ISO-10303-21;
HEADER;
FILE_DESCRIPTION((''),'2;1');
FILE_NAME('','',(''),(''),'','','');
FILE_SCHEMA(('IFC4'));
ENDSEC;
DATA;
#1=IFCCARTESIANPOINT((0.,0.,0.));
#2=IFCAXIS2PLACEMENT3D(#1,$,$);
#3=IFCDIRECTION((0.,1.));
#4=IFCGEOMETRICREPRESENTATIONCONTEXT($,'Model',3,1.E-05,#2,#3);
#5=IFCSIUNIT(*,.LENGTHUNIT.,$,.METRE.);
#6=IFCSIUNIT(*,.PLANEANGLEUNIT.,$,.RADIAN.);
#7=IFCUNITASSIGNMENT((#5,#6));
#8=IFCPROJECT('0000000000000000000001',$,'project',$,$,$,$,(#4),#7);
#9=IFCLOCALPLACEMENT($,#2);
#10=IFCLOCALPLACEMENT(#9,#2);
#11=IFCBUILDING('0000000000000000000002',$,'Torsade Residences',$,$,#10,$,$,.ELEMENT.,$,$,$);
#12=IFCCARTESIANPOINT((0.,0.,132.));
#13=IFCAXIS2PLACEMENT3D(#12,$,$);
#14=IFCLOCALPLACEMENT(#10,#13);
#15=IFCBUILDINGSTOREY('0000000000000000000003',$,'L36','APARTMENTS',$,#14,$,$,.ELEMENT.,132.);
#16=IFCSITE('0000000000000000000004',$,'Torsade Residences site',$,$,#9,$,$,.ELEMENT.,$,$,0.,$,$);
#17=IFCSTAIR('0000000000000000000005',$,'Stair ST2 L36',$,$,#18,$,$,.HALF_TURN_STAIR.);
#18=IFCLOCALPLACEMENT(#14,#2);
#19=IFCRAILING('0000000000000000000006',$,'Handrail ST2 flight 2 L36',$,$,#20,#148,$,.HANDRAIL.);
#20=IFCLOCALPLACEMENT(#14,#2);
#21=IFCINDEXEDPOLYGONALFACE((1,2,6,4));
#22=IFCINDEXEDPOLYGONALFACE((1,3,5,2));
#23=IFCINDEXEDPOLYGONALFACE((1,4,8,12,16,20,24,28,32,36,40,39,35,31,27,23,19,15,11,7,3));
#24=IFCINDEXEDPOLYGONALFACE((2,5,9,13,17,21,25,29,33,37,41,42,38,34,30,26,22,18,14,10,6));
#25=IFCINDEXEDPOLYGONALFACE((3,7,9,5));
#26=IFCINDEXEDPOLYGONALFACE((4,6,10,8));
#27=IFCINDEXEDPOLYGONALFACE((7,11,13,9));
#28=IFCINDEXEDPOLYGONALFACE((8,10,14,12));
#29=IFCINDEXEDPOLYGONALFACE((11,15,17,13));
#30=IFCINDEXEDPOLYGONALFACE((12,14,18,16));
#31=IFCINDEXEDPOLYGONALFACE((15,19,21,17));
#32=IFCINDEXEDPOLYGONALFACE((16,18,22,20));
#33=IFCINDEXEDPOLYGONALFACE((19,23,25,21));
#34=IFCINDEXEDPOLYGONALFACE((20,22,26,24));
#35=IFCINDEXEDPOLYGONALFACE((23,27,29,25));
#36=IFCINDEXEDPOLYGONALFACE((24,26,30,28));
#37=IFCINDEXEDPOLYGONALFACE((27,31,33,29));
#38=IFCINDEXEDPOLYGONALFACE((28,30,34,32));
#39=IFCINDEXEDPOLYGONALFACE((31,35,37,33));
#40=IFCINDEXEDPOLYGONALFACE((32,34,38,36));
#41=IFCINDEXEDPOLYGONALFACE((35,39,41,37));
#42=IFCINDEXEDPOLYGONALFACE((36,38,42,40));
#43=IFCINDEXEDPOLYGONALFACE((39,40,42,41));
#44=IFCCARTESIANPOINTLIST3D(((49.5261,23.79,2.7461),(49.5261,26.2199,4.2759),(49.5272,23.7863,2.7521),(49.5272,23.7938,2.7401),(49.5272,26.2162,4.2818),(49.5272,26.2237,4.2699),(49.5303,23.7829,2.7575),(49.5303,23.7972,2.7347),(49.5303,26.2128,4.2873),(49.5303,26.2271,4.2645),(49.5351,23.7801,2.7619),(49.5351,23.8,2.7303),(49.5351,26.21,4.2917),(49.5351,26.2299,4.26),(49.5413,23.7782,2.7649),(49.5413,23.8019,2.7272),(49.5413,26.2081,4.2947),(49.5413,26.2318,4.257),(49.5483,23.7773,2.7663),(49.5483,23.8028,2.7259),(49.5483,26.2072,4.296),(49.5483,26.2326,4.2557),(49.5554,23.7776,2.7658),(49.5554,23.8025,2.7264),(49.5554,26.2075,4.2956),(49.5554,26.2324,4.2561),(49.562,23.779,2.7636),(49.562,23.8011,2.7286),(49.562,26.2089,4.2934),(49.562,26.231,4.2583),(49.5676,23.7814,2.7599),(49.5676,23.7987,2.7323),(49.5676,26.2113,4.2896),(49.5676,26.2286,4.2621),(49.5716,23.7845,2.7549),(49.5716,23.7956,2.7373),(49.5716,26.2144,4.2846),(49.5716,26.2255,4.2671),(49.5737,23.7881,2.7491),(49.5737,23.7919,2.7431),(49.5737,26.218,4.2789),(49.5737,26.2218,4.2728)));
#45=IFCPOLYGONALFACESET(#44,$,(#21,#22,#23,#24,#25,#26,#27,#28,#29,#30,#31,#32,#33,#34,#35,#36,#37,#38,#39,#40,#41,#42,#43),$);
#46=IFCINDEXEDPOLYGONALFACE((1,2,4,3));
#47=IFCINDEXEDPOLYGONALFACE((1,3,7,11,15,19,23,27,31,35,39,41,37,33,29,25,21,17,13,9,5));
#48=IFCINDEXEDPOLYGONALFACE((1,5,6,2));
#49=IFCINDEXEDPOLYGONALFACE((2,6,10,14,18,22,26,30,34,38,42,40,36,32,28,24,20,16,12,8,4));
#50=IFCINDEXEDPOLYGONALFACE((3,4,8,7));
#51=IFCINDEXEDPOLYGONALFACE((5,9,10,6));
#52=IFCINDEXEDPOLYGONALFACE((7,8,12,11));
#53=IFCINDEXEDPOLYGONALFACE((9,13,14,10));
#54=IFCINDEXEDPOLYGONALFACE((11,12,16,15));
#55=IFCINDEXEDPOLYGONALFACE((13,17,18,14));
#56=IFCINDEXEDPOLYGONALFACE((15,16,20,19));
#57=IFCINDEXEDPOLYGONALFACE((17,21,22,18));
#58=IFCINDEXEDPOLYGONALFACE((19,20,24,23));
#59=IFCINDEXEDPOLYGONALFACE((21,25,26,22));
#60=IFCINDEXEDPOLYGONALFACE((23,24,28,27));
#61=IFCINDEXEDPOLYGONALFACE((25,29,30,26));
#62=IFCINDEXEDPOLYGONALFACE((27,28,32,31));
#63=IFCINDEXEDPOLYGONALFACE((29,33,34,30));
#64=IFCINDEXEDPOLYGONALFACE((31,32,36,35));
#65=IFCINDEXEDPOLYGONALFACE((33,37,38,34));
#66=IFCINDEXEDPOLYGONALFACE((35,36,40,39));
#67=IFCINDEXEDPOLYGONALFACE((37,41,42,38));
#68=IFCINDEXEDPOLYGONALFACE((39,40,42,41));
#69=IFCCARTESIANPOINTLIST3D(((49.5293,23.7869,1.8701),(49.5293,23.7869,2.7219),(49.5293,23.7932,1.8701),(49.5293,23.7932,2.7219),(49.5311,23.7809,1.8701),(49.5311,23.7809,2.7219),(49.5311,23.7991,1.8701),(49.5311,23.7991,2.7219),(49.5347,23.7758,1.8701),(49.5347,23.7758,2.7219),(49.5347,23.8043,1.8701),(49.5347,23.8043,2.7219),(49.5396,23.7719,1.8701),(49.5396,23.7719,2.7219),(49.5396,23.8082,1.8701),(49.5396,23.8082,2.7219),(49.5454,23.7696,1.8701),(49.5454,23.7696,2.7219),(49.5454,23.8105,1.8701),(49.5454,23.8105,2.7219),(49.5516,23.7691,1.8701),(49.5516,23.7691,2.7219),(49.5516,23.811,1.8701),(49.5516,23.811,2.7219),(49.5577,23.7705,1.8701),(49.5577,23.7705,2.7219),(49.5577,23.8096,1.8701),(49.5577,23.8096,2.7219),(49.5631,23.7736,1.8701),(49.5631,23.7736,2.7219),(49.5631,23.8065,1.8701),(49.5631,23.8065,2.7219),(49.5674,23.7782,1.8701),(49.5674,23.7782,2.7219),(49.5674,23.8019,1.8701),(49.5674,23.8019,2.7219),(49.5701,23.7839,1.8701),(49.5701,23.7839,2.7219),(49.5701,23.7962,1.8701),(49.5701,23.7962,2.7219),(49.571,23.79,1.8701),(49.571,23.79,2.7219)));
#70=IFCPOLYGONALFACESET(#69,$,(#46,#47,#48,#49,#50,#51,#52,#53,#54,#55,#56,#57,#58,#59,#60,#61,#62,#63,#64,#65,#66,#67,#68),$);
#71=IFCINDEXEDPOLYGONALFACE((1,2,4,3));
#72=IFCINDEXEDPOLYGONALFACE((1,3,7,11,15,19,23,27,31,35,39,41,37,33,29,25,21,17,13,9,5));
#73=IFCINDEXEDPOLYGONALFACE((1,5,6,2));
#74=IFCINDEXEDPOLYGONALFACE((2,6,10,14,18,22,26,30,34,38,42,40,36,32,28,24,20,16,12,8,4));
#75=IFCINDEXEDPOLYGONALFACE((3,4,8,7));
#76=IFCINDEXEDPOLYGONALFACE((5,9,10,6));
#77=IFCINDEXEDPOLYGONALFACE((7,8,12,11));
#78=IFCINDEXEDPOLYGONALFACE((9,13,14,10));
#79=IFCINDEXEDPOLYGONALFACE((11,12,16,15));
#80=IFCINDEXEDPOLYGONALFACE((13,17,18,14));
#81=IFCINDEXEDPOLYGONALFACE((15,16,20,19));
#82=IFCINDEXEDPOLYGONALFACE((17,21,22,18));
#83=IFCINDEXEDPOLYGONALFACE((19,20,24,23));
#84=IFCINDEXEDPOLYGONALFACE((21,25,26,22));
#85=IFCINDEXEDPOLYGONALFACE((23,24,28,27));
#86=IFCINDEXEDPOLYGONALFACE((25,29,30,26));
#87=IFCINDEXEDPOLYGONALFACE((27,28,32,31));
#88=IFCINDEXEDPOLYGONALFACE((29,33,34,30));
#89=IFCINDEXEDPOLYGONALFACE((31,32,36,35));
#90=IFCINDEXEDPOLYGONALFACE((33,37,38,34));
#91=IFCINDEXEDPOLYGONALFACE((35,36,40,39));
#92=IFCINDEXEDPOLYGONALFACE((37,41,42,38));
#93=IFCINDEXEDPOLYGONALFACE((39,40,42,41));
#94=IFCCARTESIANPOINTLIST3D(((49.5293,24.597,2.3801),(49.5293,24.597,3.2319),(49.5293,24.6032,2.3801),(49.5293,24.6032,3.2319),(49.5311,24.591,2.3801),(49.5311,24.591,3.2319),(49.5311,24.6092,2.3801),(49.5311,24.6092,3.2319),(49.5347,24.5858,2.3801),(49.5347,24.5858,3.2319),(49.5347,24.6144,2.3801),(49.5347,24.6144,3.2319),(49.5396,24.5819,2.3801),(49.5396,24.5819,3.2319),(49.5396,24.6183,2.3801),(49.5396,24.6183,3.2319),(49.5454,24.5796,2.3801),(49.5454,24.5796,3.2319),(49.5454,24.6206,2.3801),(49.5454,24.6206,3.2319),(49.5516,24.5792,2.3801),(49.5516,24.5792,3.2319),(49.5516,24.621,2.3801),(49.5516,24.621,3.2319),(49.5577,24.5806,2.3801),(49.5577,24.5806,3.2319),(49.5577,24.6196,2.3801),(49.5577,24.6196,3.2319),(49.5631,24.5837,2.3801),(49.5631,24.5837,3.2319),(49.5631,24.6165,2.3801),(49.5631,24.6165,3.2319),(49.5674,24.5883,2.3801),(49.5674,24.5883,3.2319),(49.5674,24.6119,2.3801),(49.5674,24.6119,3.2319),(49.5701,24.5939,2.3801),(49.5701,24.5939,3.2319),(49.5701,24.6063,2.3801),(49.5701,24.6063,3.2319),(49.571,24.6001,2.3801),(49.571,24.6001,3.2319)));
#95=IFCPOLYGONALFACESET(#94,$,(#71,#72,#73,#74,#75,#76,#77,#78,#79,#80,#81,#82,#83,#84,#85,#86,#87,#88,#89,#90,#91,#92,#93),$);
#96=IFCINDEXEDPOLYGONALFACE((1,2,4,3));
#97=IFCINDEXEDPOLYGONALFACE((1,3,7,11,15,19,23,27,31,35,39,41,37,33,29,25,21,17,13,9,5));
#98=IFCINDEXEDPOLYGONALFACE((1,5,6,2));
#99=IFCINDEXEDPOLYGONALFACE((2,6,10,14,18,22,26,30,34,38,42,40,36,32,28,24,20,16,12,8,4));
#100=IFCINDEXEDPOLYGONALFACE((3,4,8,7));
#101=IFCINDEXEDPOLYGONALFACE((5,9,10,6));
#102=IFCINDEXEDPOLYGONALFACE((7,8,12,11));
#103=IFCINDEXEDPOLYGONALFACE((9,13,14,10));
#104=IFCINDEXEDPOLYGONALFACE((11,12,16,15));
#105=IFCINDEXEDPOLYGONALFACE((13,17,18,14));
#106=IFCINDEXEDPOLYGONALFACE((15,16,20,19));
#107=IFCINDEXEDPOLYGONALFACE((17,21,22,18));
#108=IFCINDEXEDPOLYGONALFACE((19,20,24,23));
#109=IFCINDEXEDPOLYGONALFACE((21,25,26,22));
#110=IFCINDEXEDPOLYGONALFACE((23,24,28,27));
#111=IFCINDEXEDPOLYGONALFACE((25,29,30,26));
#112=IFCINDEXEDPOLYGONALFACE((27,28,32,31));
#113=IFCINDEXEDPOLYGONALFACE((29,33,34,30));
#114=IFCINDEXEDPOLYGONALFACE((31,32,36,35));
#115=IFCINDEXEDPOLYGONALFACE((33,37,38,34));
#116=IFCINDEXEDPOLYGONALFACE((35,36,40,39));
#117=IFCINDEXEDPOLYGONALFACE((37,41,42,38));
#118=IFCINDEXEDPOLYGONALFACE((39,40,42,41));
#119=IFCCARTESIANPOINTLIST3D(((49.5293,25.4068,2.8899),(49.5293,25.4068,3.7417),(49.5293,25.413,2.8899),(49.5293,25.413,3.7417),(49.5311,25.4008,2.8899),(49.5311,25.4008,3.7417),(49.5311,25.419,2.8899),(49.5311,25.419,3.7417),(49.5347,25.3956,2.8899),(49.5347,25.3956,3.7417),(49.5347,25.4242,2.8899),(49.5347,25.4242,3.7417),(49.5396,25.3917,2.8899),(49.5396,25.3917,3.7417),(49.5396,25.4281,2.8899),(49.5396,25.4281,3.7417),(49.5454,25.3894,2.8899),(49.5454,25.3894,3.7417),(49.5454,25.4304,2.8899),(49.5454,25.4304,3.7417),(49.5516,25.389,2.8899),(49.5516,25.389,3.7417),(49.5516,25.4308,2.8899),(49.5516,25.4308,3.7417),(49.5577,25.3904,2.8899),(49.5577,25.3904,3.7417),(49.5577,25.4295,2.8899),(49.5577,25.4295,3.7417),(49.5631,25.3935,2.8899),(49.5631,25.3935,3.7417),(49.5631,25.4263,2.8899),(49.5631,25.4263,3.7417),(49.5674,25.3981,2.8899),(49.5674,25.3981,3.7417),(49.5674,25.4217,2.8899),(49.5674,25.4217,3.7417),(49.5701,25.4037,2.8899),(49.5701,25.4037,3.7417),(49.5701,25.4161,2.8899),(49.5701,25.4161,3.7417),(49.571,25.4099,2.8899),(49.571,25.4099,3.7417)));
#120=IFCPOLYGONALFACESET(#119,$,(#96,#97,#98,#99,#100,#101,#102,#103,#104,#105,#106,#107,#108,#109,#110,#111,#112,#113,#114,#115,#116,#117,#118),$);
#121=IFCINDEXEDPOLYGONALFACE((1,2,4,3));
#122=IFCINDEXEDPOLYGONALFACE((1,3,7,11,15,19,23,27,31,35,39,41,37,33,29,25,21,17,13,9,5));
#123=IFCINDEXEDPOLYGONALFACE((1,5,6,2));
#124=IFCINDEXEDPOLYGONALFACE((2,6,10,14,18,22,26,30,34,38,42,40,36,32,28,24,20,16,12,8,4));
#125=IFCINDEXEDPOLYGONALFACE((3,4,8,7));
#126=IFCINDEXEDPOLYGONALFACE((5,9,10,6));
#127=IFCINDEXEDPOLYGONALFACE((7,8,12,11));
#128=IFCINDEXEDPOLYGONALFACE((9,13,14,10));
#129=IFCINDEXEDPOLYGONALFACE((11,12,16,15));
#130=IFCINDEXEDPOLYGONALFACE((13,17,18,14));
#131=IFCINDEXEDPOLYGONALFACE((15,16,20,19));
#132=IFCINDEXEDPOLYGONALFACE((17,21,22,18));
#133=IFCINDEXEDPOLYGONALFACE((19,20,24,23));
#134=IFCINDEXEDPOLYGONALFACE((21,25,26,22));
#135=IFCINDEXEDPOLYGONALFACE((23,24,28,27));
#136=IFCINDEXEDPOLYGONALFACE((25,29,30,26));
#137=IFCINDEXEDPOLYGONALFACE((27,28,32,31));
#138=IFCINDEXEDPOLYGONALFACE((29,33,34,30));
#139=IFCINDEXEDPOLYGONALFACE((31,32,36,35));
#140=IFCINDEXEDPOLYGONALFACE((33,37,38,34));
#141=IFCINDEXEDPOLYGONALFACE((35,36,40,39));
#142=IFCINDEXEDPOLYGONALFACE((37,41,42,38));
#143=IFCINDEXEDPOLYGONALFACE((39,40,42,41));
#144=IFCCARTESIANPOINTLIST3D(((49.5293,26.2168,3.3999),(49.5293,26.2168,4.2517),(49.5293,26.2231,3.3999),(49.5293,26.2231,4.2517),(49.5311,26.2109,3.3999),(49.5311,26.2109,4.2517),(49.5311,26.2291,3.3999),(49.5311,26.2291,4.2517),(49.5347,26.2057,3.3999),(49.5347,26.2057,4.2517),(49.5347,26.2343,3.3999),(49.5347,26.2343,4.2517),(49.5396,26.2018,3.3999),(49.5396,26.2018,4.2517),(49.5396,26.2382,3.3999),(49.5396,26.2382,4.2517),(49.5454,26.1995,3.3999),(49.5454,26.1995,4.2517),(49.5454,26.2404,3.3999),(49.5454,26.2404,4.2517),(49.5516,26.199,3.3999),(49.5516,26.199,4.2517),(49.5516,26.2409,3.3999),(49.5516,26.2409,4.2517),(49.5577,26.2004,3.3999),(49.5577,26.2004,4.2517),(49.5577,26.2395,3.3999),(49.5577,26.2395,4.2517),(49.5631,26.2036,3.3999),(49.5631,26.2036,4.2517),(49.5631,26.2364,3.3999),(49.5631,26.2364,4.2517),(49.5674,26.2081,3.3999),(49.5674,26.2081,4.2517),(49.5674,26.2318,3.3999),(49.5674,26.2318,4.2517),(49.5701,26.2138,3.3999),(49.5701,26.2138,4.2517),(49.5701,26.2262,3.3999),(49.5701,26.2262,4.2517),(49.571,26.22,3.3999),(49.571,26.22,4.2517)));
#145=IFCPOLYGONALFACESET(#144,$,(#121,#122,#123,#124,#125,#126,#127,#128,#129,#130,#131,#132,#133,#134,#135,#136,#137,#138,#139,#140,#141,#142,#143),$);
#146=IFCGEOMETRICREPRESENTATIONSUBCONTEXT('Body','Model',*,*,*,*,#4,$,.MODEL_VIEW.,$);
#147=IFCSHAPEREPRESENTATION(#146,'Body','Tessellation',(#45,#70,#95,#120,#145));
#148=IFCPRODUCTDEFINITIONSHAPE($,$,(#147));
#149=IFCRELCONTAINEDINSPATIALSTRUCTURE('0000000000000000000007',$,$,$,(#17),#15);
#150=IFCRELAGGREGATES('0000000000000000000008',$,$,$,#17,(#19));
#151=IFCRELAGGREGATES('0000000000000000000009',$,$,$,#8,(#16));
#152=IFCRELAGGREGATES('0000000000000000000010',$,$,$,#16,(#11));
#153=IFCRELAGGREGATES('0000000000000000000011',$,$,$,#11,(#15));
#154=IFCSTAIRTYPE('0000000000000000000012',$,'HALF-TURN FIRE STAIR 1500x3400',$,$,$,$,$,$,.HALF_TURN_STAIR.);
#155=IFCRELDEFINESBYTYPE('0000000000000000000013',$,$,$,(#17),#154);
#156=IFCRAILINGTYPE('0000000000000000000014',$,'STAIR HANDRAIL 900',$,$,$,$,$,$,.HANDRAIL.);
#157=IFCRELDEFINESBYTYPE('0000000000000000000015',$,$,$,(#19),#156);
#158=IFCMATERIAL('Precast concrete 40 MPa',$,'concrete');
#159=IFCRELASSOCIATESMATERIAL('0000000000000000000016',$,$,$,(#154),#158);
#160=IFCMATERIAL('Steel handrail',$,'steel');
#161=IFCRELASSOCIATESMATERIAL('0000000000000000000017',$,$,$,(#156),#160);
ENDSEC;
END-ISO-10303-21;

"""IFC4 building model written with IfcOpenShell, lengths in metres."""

from ifc_helpers import new_model, si_unit, direction, frame, origin, origin_2d, place, context, subcontext, project, spatial, circle, extrude, material, type_object, element, aggregate, save


model = new_model("IFC4")

# Units and contexts
model_context = context("Model", 3, precision=1e-05, world=origin(), true_north=direction((0.0, 1.0)))
body_context = subcontext(model_context, "Body", "Model", "MODEL_VIEW")
ifc_project = project(units=[si_unit("LENGTHUNIT", "METRE"), si_unit("PLANEANGLEUNIT", "RADIAN")], contexts=[model_context])

# Site, building, storey
site_placement = place(None, origin())
site = spatial("IfcSite", under=ifc_project, at=site_placement, Name="Torsade Residences site", CompositionType="ELEMENT", RefElevation=0.0)
building_placement = place(site_placement, origin())
building = spatial("IfcBuilding", under=site, at=building_placement, Name="Torsade Residences", CompositionType="ELEMENT")
storey_placement = place(building_placement, frame((0.0, 0.0, 132.0)))
storey = spatial("IfcBuildingStorey", under=building, at=storey_placement, Name="L36", Description="APARTMENTS", CompositionType="ELEMENT", Elevation=132.0)

# Stair, railing
ifc_material_1 = material(Name="Precast concrete 40 MPa", Category="concrete")
stair_type = type_object("IfcStairType", Name="HALF-TURN FIRE STAIR 1500x3400", PredefinedType="HALF_TURN_STAIR", material=ifc_material_1)
stair_placement = place(storey_placement, origin())
stair = element("IfcStair", 1, at=stair_placement, inside=storey, type_object=stair_type, Name="Stair ST2 L36", PredefinedType="HALF_TURN_STAIR")
ifc_material_2 = material(Name="Steel handrail", Category="steel")
railing_type = type_object("IfcRailingType", Name="STAIR HANDRAIL 900", PredefinedType="HANDRAIL", material=ifc_material_2)
railing_1_placement = place(storey_placement, frame((49.55, 23.79, 1.8701)))
railing_1 = element("IfcRailing", 2, at=railing_1_placement, type_object=railing_type, Name="Handrail ST2 flight 2 L36", PredefinedType="HANDRAIL", context=body_context, shape_type="SweptSolid", body=[
    extrude(circle(Radius=0.0239, at=origin_2d()), frame((0.0, 0.0, 0.876), z_axis=(0.0, 0.84626, 0.53277), x_axis=(-1.0, 0.0, 0.0)), (0.0, 0.0, 1.0), 2.8713),
    extrude(circle(Radius=0.021, at=origin_2d()), origin(), (0.0, 0.0, 1.0), 0.8518),
    extrude(circle(Radius=0.021, at=origin_2d()), frame((0.0, 0.8101, 0.51)), (0.0, 0.0, 1.0), 0.8518),
    extrude(circle(Radius=0.021, at=origin_2d()), frame((0.0, 1.6199, 1.0198)), (0.0, 0.0, 1.0), 0.8518),
    extrude(circle(Radius=0.021, at=origin_2d()), frame((0.0, 2.4299, 1.5298)), (0.0, 0.0, 1.0), 0.8518),
])
aggregate(stair, [railing_1])

save(model, "model.ifc")
